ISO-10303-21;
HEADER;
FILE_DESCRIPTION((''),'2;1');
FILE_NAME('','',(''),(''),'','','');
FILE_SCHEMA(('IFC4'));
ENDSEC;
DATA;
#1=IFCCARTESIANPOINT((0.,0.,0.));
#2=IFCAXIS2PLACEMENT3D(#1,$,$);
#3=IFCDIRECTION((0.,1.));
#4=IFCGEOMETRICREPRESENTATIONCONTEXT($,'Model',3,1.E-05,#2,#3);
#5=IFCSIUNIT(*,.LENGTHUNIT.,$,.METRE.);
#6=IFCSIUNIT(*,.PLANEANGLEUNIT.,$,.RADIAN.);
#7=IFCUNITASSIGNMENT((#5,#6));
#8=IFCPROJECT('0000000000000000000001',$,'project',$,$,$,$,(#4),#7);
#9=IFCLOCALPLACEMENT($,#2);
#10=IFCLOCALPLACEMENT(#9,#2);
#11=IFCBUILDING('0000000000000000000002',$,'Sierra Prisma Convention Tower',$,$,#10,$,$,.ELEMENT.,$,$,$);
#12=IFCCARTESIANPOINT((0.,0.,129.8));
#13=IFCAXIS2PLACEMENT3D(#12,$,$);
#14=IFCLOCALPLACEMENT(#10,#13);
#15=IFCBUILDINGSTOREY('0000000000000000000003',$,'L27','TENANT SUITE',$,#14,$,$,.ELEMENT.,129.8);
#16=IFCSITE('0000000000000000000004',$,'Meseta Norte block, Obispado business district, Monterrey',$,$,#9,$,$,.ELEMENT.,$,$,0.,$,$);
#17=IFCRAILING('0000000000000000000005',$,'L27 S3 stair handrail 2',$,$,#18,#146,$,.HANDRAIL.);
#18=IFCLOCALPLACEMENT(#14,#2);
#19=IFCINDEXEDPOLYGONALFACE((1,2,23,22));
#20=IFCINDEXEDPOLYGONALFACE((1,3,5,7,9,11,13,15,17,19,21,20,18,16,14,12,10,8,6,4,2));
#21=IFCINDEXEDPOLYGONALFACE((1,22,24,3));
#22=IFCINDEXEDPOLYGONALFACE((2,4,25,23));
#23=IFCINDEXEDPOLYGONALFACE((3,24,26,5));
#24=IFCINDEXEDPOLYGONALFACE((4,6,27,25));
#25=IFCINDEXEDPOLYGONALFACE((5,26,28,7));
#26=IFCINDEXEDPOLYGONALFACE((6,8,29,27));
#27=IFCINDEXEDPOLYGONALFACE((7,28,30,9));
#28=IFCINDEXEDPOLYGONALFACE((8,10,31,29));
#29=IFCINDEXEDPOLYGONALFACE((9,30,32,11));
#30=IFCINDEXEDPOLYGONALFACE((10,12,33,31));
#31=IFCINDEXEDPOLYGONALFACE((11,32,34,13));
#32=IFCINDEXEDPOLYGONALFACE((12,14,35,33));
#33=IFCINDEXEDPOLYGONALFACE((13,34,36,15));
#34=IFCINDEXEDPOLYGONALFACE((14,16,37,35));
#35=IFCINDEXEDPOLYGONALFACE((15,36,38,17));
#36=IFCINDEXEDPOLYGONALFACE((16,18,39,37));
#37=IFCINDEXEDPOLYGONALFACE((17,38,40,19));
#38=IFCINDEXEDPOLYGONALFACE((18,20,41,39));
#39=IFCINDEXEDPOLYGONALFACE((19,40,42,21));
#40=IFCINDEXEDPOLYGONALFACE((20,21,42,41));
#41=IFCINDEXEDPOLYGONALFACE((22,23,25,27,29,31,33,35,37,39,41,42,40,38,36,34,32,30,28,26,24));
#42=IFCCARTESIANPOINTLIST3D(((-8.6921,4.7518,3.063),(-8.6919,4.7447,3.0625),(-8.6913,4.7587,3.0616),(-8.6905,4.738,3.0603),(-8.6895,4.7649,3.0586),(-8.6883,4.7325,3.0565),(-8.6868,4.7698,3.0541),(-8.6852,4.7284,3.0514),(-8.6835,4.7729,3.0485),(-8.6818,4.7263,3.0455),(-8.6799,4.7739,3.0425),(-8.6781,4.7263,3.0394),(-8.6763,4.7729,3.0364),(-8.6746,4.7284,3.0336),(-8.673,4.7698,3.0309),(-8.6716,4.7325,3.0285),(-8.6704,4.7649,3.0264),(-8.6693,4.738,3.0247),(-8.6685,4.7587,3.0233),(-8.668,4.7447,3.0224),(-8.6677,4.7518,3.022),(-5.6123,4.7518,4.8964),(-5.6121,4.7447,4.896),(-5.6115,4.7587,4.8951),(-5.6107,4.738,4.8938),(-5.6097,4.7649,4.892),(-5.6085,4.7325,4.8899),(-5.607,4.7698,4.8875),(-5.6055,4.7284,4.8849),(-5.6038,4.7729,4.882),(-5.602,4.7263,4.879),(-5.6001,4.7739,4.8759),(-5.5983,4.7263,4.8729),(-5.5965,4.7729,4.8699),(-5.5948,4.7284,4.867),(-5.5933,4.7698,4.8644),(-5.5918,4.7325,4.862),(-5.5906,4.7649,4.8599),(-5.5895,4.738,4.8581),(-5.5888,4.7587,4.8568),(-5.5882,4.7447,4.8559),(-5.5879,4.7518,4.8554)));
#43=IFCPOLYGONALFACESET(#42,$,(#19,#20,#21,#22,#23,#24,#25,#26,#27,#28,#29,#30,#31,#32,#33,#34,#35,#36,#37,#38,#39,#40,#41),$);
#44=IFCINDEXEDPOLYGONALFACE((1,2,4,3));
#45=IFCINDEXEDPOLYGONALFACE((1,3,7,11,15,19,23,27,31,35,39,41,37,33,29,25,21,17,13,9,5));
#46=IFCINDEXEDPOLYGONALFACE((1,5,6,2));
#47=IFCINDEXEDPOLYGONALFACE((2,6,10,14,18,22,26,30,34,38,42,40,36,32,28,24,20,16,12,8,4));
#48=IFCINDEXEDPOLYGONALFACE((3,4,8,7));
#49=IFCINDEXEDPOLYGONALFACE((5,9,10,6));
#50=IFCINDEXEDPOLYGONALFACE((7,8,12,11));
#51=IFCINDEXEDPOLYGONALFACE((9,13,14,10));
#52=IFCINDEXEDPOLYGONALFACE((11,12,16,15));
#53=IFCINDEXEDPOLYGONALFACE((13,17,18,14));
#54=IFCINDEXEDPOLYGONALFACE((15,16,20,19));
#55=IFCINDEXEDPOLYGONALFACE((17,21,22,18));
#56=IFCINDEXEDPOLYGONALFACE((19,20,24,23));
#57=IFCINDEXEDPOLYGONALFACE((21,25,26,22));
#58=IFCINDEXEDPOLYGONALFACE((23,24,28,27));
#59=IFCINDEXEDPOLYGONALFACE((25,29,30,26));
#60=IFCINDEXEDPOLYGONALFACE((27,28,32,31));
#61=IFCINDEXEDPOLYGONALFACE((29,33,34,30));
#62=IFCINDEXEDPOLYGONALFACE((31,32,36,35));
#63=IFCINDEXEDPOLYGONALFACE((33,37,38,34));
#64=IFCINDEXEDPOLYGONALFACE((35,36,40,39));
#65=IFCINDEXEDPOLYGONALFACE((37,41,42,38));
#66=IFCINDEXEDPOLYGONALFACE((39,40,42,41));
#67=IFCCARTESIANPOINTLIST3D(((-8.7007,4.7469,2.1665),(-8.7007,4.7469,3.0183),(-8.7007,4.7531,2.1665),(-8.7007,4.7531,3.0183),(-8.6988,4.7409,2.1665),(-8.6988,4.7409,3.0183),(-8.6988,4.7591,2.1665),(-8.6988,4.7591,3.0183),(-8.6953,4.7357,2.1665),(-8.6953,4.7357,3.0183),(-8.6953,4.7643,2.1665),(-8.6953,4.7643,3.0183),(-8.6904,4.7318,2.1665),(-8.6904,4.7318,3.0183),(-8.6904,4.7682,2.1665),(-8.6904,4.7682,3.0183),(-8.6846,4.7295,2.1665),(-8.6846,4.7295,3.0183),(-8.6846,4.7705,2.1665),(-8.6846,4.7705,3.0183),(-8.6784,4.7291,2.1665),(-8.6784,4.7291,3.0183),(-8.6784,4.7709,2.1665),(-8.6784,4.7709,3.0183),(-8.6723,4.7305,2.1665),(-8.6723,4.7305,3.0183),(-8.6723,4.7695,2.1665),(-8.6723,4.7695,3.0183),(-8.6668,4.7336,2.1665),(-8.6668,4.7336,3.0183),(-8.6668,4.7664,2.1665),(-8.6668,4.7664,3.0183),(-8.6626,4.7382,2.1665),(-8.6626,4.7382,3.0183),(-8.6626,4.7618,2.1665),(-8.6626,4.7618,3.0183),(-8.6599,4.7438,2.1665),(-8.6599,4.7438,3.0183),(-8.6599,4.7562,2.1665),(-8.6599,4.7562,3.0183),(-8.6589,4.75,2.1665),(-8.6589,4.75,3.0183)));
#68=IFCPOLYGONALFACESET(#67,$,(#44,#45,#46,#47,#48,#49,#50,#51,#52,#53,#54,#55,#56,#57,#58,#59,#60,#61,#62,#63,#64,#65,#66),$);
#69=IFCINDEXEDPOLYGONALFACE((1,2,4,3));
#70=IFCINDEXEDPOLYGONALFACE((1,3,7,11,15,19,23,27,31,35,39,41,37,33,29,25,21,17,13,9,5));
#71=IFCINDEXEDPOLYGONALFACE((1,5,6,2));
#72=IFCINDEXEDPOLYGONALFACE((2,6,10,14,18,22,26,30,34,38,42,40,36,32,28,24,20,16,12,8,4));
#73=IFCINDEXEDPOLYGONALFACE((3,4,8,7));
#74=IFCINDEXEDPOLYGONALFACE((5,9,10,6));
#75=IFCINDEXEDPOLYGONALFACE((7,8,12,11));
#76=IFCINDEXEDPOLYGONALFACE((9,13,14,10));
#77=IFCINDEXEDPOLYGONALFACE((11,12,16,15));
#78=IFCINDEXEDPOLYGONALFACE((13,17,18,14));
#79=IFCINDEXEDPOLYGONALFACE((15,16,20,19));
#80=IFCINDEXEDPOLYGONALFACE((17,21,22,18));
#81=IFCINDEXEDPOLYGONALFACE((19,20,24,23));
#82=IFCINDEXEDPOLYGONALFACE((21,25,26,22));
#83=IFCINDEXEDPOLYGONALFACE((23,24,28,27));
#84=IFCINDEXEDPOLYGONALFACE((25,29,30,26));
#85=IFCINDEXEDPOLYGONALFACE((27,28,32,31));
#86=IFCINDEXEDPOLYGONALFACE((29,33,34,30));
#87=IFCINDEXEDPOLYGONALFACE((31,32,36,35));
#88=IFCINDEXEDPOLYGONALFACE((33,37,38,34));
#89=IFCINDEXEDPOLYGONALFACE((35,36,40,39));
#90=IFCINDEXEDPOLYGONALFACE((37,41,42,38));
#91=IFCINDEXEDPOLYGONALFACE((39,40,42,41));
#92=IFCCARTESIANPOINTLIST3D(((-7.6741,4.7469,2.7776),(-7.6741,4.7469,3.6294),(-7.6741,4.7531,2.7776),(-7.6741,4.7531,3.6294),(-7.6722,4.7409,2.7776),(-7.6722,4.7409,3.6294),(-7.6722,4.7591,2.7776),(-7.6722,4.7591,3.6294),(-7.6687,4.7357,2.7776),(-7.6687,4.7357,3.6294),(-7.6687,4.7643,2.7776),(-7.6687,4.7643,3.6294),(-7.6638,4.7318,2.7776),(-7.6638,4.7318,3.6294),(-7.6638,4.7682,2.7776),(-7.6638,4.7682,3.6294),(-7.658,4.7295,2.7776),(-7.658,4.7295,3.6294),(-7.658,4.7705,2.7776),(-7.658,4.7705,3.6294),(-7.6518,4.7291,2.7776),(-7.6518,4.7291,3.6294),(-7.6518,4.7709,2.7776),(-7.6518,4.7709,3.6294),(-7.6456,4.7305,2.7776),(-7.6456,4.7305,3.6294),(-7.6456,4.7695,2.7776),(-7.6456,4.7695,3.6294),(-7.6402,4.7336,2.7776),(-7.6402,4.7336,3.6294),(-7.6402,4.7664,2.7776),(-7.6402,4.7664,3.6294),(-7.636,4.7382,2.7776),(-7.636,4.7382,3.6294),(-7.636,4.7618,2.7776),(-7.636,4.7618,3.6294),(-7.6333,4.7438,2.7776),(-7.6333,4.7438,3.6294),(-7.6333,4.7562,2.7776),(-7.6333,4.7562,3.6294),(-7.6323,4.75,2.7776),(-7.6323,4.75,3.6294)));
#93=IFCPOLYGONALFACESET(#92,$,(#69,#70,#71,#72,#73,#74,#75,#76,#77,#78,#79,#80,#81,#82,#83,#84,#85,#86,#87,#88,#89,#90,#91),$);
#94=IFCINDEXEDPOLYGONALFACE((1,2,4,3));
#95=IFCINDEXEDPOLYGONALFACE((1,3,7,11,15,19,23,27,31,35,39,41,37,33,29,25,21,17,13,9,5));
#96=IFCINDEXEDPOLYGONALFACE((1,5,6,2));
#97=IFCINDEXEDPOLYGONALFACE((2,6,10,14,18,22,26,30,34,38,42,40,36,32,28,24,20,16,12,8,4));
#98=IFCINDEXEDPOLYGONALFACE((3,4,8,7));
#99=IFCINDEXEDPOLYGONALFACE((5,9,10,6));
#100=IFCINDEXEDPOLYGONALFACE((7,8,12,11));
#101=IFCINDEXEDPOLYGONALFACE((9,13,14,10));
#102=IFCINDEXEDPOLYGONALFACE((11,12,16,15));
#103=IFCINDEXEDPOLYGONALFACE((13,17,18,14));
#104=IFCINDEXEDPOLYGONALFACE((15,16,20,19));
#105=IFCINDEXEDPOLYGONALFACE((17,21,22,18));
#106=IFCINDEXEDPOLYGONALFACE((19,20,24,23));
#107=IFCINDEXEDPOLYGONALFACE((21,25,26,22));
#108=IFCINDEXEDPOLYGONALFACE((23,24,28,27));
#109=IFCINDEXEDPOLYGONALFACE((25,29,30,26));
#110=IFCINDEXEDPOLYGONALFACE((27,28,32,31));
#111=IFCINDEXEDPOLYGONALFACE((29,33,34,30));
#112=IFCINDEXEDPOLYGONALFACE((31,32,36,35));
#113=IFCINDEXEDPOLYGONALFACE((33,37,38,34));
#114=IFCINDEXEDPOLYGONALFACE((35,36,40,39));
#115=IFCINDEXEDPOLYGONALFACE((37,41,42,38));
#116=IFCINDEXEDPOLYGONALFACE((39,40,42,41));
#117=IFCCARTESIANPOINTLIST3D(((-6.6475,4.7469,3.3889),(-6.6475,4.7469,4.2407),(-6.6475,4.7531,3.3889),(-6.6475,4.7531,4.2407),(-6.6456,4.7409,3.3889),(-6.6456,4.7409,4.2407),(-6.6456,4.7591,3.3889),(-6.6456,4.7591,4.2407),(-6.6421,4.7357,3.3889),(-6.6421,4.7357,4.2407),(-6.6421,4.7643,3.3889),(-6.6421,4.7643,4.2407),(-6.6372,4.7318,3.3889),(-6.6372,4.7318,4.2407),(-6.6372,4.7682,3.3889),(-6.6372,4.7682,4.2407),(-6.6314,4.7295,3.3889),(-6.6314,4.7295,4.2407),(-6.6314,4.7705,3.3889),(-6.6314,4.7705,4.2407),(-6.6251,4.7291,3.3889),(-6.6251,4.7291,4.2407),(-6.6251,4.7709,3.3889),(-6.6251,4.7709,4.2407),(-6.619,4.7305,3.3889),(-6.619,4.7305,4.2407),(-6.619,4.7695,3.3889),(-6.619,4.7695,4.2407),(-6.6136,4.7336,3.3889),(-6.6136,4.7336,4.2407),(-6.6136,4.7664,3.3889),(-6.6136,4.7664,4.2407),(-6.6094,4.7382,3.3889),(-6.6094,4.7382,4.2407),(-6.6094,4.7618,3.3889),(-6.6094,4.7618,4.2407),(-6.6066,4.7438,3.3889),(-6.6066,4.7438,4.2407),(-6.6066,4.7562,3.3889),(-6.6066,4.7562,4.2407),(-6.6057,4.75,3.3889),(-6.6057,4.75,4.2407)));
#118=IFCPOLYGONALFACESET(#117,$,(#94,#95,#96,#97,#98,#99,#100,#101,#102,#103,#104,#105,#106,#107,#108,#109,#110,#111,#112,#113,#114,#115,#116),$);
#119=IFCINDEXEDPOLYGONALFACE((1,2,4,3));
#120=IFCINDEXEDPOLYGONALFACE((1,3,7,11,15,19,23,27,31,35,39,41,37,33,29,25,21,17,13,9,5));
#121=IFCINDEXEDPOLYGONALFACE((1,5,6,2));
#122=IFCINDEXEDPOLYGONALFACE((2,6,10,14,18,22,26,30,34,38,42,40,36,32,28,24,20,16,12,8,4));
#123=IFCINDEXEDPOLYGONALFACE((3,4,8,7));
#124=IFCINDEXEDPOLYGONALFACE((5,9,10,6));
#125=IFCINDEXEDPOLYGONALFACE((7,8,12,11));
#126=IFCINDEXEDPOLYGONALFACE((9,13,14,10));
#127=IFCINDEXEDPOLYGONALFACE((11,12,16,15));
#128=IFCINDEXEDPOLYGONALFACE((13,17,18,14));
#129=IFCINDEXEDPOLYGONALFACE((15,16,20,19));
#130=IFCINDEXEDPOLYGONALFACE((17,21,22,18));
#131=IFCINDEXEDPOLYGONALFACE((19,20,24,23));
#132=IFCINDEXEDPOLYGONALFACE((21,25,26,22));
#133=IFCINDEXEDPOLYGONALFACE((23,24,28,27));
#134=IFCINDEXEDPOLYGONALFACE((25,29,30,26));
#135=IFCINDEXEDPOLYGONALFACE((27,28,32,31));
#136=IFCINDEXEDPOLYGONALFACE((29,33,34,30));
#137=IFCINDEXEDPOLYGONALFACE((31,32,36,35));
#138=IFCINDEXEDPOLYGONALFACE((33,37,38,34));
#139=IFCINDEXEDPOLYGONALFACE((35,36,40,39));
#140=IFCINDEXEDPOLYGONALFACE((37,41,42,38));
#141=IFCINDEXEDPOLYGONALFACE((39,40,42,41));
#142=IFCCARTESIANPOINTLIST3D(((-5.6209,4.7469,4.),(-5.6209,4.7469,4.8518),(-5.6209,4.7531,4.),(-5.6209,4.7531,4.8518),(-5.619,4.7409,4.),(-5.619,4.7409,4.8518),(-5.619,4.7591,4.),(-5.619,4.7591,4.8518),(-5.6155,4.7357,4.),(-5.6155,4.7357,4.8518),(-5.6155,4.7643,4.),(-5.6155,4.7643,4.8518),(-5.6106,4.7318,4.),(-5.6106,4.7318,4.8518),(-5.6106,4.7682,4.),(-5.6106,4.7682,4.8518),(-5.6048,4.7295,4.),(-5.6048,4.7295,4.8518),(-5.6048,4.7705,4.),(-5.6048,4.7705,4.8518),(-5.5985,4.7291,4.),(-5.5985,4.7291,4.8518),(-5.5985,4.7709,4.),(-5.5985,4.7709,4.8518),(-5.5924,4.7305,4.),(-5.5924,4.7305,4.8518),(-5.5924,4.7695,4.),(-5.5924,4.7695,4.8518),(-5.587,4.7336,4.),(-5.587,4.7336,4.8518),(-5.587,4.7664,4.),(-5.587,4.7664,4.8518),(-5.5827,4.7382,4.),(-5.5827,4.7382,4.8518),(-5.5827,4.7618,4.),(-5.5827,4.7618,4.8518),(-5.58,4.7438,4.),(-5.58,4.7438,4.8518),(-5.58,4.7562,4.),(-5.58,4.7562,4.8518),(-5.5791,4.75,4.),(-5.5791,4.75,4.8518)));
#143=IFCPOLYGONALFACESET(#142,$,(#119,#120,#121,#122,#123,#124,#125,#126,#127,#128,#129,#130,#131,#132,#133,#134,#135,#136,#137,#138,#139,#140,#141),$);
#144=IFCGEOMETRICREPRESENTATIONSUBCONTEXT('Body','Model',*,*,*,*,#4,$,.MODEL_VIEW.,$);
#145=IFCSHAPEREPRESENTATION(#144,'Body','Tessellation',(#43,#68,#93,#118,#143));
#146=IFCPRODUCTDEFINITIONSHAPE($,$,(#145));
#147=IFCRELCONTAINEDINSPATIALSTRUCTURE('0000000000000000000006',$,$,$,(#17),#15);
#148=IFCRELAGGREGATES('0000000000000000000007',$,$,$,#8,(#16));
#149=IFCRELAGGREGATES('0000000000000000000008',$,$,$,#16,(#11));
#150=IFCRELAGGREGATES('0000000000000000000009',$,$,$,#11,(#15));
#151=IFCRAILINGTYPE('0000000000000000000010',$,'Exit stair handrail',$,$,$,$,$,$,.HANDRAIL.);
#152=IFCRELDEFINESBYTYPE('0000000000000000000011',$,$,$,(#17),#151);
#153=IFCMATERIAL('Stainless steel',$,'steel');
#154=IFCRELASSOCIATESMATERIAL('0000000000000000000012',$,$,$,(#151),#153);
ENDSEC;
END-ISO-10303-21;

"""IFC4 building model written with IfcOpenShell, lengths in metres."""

from ifc_helpers import new_model, si_unit, direction, frame, origin, origin_2d, place, context, subcontext, project, spatial, circle, extrude, material, type_object, element, save


model = new_model("IFC4")

# Units and contexts
model_context = context("Model", 3, precision=1e-05, world=origin(), true_north=direction((0.0, 1.0)))
body_context = subcontext(model_context, "Body", "Model", "MODEL_VIEW")
ifc_project = project(units=[si_unit("LENGTHUNIT", "METRE"), si_unit("PLANEANGLEUNIT", "RADIAN")], contexts=[model_context])

# Site, building, storey
site_placement = place(None, origin())
site = spatial("IfcSite", under=ifc_project, at=site_placement, Name="Meseta Norte block, Obispado business district, Monterrey", CompositionType="ELEMENT", RefElevation=0.0)
building_placement = place(site_placement, origin())
building = spatial("IfcBuilding", under=site, at=building_placement, Name="Sierra Prisma Convention Tower", CompositionType="ELEMENT")
storey_placement = place(building_placement, frame((0.0, 0.0, 129.8)))
storey = spatial("IfcBuildingStorey", under=building, at=storey_placement, Name="L27", Description="TENANT SUITE", CompositionType="ELEMENT", Elevation=129.8)

# Railing
ifc_material_1 = material(Name="Stainless steel", Category="steel")
railing_type_1 = type_object("IfcRailingType", Name="Exit stair handrail", PredefinedType="HANDRAIL", material=ifc_material_1)
railing_1_placement = place(storey_placement, frame((-8.6799, 4.75, 2.1665)))
element("IfcRailing", 1, at=railing_1_placement, inside=storey, type_object=railing_type_1, Name="L27 S3 stair handrail 2", PredefinedType="HANDRAIL", context=body_context, shape_type="SweptSolid", body=[
    extrude(circle(Radius=0.0239, at=origin_2d()), frame((0.0, 0.0, 0.876), z_axis=(0.859261, 0.0, 0.511538), x_axis=(0.0, 1.0, 0.0)), (0.0, 0.0, 1.0), 3.5842),
    extrude(circle(Radius=0.021, at=origin_2d()), origin(), (0.0, 0.0, 1.0), 0.8518),
    extrude(circle(Radius=0.021, at=origin_2d()), frame((1.0266, 0.0, 0.6111)), (0.0, 0.0, 1.0), 0.8518),
    extrude(circle(Radius=0.021, at=origin_2d()), frame((2.0532, 0.0, 1.2224)), (0.0, 0.0, 1.0), 0.8518),
    extrude(circle(Radius=0.021, at=origin_2d()), frame((3.0798, 0.0, 1.8335)), (0.0, 0.0, 1.0), 0.8518),
])

save(model, "model.ifc")
